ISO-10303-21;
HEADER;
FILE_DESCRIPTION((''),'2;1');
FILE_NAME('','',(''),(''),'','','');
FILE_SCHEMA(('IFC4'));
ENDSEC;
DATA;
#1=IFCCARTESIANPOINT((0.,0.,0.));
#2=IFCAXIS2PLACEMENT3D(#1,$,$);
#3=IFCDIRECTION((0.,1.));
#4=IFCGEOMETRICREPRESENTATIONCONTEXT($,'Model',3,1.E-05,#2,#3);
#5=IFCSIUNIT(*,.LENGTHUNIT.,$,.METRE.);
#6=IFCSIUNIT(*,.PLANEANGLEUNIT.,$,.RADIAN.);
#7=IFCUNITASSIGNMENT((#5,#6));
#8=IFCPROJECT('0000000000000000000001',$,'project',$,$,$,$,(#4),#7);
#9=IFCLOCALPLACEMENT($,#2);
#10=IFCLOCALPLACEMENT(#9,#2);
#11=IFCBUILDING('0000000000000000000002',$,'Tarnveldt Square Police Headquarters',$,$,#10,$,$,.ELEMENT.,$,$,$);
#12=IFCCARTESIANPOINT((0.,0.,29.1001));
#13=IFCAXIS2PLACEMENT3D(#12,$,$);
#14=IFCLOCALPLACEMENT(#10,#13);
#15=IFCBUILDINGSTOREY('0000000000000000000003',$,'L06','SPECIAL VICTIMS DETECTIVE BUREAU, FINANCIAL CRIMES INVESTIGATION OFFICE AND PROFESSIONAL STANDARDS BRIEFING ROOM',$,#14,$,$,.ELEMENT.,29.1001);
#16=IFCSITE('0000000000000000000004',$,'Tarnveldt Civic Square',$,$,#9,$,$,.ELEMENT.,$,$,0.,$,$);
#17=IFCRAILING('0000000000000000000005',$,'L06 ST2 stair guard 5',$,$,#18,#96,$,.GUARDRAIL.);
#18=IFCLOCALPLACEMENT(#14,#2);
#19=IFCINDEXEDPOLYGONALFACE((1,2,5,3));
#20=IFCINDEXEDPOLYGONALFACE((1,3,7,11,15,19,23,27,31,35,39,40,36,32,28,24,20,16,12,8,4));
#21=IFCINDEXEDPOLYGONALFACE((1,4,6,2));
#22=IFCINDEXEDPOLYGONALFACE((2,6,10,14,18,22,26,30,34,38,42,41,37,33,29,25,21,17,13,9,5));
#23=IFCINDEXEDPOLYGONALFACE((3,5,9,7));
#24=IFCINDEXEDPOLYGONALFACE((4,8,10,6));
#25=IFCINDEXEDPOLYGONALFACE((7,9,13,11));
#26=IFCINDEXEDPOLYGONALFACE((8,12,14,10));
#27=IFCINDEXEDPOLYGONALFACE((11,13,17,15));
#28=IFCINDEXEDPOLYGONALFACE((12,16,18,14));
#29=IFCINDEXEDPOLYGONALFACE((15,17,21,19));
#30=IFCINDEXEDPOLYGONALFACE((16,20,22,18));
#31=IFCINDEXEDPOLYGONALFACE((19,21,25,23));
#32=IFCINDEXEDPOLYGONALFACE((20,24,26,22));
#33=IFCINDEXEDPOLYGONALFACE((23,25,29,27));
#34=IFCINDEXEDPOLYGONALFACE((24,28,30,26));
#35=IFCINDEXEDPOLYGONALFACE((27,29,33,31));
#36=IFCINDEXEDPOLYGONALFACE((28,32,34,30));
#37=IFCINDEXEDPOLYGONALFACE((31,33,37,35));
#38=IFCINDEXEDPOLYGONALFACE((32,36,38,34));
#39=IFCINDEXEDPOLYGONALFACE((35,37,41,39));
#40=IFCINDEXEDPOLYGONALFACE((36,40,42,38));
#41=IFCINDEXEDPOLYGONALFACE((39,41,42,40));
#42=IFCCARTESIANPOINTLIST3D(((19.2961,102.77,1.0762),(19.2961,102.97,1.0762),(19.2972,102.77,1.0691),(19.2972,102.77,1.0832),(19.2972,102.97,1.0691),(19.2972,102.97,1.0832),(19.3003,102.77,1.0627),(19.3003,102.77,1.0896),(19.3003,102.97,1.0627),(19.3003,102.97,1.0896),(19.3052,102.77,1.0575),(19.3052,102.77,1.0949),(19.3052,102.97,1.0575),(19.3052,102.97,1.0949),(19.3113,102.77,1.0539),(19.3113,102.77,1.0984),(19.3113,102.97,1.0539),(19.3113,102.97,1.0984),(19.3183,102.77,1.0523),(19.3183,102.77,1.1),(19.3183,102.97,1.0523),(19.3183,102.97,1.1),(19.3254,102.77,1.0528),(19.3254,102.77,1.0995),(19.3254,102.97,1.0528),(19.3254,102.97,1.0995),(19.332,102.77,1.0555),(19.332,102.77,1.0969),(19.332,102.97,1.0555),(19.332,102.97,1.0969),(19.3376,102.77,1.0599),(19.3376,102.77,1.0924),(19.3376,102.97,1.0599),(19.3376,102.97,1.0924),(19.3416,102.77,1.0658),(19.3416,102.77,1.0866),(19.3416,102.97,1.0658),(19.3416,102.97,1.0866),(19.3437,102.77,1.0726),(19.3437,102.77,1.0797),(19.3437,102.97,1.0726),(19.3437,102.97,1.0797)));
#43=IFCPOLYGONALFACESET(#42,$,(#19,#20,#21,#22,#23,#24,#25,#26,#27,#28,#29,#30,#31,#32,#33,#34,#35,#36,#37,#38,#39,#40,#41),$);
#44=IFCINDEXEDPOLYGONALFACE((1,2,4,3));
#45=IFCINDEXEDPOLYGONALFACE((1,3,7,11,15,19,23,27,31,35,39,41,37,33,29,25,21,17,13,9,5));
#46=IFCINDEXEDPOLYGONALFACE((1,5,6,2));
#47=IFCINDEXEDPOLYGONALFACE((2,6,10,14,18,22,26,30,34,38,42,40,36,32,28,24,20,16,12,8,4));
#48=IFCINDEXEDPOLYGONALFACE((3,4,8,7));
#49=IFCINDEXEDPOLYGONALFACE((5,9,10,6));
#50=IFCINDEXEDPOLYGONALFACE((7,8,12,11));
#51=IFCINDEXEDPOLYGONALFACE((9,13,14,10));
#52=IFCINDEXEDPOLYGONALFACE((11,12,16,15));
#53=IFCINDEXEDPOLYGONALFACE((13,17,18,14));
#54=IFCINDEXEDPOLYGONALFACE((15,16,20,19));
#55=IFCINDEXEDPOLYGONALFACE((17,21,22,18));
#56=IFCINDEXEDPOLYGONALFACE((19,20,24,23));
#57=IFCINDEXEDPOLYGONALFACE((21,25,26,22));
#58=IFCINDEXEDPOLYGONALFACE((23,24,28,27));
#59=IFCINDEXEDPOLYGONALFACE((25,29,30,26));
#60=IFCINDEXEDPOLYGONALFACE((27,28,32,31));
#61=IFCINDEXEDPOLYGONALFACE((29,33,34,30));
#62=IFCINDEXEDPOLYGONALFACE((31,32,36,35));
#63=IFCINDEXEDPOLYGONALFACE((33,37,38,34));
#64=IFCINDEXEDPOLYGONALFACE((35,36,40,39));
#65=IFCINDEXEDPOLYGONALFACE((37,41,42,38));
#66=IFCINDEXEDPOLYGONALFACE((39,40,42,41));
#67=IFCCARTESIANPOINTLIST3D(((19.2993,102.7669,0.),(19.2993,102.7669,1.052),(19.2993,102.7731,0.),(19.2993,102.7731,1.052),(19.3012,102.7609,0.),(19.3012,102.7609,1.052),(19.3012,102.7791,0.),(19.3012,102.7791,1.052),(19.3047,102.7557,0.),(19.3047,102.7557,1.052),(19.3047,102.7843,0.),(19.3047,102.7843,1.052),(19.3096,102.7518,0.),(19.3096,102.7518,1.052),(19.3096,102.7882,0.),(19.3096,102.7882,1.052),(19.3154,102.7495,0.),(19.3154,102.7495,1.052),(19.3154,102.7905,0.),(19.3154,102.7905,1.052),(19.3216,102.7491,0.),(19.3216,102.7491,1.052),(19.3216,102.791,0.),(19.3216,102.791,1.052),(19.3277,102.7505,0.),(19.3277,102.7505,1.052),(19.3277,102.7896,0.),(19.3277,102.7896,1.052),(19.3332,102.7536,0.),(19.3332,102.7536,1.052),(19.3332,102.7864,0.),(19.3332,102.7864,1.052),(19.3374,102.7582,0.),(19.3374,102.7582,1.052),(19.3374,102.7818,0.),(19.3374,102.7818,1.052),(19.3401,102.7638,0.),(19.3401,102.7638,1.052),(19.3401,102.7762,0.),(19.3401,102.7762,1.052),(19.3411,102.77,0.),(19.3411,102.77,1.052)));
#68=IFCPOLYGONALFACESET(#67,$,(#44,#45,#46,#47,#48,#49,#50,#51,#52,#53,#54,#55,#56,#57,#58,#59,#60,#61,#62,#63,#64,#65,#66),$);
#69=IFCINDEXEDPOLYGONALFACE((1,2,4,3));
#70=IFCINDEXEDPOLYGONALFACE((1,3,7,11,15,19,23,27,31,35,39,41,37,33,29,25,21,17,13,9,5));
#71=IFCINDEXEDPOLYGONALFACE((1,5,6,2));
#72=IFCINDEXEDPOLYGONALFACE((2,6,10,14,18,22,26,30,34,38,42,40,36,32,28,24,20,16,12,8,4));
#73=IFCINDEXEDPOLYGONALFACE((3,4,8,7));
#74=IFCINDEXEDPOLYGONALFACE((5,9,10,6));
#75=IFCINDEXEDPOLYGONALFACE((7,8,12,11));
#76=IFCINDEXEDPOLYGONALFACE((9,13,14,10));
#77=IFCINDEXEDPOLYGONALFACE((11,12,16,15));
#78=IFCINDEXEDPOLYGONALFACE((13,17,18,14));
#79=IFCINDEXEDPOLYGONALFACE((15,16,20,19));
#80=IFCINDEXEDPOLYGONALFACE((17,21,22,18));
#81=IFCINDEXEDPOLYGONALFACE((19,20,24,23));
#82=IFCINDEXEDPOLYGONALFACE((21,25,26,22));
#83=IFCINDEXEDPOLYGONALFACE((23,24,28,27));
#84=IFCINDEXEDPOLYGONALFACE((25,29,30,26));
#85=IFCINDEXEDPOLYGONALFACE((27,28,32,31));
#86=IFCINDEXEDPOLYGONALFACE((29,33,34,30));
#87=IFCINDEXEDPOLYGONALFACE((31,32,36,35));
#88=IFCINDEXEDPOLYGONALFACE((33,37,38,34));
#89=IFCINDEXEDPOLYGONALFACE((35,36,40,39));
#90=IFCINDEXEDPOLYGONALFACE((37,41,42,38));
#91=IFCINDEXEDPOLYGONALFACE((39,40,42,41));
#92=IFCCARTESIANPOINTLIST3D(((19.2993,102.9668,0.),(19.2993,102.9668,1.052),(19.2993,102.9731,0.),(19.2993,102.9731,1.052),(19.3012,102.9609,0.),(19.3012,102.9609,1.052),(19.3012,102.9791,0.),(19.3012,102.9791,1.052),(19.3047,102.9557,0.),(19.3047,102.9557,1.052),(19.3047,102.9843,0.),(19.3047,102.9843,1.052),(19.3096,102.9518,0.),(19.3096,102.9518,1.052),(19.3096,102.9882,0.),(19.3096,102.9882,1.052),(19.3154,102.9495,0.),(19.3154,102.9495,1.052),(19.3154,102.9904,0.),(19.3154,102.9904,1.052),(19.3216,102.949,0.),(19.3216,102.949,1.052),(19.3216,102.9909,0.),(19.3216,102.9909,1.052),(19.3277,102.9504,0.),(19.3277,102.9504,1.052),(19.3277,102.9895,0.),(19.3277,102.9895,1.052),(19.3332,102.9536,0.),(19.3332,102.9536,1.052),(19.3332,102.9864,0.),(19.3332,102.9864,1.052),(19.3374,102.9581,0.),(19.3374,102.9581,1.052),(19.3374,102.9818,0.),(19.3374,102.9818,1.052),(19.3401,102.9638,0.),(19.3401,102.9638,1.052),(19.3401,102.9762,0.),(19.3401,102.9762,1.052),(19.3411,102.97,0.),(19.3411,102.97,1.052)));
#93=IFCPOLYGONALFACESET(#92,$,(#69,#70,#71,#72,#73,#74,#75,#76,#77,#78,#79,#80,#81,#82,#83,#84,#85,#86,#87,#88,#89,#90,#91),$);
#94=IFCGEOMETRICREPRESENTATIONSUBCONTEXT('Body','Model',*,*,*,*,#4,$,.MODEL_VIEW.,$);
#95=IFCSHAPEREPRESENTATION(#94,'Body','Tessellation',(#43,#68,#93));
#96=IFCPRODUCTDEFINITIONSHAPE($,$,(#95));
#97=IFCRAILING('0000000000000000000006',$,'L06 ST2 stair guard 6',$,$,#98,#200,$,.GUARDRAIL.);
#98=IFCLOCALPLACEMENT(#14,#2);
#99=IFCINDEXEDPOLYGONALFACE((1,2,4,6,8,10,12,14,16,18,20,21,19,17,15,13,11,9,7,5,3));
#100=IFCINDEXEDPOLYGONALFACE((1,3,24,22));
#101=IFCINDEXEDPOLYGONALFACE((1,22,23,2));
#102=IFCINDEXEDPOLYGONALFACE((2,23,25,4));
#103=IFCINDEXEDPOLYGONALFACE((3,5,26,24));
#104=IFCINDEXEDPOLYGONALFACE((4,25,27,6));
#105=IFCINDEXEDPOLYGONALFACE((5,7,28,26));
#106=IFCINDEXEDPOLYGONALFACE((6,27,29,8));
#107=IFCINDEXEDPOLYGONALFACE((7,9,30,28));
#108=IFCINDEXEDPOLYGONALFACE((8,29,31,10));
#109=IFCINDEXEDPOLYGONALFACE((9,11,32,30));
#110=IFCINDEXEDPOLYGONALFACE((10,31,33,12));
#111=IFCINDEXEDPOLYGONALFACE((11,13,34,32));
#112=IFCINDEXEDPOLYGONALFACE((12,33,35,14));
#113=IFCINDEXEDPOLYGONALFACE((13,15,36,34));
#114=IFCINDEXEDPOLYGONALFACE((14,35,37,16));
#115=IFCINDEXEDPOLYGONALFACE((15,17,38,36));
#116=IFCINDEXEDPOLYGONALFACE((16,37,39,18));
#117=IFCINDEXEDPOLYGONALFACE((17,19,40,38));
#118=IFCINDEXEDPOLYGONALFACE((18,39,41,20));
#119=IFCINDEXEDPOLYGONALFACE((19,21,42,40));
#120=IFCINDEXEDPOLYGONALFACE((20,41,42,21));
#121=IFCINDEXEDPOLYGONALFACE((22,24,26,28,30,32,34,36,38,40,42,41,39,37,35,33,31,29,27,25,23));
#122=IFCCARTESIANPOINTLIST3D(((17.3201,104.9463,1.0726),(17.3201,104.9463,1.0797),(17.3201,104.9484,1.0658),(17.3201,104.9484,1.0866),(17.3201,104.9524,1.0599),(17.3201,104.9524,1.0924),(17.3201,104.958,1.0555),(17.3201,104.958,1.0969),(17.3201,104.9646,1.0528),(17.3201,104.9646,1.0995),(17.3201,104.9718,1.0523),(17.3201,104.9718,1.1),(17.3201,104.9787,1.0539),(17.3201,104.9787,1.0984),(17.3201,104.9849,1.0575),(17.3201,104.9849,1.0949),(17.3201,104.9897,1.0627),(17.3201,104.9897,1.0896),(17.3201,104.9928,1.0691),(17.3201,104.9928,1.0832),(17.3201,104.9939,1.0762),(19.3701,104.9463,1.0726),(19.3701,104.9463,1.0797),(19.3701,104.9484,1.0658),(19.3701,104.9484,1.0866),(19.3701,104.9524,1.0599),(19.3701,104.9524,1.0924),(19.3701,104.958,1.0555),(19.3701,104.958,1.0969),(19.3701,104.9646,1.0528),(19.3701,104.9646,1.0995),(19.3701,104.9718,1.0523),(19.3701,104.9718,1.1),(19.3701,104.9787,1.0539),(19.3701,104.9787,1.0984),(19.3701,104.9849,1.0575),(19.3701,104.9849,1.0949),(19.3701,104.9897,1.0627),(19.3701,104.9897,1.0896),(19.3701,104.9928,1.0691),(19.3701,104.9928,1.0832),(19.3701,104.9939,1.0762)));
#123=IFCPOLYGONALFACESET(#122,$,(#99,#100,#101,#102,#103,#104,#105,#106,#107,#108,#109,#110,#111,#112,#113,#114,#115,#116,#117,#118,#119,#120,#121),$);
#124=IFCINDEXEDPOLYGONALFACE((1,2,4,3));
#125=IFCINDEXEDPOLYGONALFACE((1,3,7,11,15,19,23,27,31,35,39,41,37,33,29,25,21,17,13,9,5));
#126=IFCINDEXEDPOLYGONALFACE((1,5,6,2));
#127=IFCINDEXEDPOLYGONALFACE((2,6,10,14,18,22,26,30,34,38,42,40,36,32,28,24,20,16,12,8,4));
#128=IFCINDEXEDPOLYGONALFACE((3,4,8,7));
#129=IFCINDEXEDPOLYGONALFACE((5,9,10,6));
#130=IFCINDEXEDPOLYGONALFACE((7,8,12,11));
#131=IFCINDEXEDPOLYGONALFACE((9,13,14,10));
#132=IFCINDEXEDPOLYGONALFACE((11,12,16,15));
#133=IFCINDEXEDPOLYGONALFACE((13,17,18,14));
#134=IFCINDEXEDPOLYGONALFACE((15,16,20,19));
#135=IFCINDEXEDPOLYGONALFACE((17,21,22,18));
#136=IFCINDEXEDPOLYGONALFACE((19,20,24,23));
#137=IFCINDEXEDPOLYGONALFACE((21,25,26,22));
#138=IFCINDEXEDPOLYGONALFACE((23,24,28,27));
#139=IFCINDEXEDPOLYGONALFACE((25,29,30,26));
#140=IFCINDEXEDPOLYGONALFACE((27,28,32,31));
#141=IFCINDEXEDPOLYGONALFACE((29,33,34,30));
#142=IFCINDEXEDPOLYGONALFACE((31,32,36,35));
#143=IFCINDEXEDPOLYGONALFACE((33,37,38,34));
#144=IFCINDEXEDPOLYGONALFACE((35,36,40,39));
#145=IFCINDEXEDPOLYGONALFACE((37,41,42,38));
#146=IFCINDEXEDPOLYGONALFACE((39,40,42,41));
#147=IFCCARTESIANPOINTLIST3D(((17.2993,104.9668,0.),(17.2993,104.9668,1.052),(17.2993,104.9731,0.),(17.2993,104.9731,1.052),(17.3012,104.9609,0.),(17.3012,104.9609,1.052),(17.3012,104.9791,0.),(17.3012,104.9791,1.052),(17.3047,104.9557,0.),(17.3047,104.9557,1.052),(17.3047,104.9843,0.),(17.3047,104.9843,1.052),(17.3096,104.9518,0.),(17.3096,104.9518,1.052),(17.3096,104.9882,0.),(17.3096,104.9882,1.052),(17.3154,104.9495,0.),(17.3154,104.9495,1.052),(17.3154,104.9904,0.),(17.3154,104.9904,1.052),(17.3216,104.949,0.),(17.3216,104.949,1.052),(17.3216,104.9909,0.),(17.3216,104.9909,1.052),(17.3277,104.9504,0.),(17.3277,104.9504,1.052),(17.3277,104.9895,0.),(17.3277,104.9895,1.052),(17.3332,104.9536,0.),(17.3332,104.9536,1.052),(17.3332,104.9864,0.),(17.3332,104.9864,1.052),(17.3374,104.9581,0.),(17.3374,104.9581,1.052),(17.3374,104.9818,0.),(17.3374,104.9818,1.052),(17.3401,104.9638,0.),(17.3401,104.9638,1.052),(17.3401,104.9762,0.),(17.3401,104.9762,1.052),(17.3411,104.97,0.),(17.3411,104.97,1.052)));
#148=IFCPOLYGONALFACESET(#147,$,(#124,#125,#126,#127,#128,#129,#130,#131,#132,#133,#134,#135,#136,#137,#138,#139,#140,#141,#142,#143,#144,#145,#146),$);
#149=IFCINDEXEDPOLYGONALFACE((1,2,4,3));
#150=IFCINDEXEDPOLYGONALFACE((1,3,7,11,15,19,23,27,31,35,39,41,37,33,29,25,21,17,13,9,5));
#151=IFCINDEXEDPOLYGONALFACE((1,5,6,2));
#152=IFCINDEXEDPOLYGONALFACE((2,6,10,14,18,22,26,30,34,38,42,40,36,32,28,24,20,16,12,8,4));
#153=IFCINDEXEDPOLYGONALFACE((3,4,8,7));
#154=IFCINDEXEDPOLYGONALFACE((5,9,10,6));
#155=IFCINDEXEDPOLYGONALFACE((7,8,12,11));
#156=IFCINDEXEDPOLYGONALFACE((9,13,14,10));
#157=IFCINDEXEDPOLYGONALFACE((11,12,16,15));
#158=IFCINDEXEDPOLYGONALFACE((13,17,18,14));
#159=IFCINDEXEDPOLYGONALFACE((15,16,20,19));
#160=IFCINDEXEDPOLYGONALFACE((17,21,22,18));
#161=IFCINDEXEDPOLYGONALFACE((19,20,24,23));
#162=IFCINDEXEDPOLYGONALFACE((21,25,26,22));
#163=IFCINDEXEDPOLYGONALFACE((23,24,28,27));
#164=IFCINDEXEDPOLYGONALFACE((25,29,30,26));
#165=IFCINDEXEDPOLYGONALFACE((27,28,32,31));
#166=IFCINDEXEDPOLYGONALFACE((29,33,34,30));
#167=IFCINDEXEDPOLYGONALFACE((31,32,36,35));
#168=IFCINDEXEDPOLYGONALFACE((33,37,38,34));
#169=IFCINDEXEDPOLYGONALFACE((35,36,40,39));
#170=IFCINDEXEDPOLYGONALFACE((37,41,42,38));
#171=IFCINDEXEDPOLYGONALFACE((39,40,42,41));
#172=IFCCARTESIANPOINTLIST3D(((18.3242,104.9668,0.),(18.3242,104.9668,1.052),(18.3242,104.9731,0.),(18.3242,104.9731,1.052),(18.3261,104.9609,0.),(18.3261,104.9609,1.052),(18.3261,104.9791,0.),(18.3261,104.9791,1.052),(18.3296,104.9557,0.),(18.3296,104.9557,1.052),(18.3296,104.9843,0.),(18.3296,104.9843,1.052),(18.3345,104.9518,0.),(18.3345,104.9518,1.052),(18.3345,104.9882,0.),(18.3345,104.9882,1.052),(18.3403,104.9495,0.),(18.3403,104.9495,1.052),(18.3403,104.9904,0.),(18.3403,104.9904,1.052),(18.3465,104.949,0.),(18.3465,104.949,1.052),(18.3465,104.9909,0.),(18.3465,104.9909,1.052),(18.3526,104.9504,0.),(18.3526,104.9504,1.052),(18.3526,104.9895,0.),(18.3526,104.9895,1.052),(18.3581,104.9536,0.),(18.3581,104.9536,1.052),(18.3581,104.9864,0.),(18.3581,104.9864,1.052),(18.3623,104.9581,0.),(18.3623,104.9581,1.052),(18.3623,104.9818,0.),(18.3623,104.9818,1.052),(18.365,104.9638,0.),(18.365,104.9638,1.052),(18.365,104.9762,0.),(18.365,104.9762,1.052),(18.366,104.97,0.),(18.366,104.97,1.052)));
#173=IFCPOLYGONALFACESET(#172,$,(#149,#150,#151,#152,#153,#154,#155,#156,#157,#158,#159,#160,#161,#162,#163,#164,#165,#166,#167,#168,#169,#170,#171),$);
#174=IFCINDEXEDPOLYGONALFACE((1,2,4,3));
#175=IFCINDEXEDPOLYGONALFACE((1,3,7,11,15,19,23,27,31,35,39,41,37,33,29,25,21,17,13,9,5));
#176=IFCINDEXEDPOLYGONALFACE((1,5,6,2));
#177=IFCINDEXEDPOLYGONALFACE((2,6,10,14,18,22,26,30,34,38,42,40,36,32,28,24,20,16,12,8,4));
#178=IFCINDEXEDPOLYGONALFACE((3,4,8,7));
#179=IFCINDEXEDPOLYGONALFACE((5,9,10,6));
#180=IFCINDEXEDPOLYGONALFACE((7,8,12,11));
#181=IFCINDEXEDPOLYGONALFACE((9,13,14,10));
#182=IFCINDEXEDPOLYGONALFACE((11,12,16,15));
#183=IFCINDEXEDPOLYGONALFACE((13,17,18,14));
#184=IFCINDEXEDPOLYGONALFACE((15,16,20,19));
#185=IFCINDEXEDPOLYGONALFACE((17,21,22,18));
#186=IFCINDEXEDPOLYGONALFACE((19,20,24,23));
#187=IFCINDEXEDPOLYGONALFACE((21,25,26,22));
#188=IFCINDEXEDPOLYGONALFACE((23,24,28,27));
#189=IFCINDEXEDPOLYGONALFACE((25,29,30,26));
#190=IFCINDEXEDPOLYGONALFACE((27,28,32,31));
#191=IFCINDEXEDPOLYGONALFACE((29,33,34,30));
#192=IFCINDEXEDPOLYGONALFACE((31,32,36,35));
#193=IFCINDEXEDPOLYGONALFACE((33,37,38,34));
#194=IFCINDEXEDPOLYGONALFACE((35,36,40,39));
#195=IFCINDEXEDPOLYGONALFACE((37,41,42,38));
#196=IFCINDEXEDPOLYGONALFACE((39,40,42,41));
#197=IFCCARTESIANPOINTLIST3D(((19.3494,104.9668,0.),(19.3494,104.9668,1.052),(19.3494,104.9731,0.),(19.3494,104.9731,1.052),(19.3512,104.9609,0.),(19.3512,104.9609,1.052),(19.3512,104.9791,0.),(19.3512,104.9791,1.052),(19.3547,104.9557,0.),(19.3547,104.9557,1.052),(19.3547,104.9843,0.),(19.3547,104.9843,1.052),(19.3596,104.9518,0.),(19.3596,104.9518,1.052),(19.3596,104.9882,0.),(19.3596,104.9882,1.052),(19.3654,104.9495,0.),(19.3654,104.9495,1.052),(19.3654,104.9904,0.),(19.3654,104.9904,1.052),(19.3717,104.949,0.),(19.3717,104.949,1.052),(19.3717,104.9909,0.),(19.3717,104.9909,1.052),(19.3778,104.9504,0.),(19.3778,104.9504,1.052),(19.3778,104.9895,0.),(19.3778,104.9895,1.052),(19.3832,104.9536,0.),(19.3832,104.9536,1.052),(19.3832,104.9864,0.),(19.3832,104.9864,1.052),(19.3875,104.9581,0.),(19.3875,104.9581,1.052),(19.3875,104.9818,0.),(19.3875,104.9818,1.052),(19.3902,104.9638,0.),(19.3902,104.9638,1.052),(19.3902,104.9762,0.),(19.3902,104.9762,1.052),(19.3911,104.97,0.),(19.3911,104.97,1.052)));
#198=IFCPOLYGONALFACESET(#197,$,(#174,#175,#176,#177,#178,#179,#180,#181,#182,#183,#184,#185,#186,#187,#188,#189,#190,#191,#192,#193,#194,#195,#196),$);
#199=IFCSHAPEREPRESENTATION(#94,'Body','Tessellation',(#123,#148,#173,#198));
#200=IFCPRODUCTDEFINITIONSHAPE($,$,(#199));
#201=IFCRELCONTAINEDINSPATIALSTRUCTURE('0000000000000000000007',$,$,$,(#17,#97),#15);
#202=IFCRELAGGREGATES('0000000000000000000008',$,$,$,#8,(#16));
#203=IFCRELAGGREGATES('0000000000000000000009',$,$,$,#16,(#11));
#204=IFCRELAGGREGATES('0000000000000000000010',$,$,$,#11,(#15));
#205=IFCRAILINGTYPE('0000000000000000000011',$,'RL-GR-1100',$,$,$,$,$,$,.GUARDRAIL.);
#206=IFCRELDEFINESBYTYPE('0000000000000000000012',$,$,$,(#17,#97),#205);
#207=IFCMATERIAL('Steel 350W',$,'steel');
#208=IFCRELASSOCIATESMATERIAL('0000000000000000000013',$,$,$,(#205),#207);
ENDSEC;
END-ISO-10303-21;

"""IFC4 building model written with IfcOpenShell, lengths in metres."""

from ifc_helpers import new_model, si_unit, direction, frame, origin, origin_2d, place, context, subcontext, project, spatial, circle, extrude, material, type_object, element, save


model = new_model("IFC4")

# Units and contexts
model_context = context("Model", 3, precision=1e-05, world=origin(), true_north=direction((0.0, 1.0)))
body_context = subcontext(model_context, "Body", "Model", "MODEL_VIEW")
ifc_project = project(units=[si_unit("LENGTHUNIT", "METRE"), si_unit("PLANEANGLEUNIT", "RADIAN")], contexts=[model_context])

# Site, building, storey
site_placement = place(None, origin())
site = spatial("IfcSite", under=ifc_project, at=site_placement, Name="Tarnveldt Civic Square", CompositionType="ELEMENT", RefElevation=0.0)
building_placement = place(site_placement, origin())
building = spatial("IfcBuilding", under=site, at=building_placement, Name="Tarnveldt Square Police Headquarters", CompositionType="ELEMENT")
storey_placement = place(building_placement, frame((0.0, 0.0, 29.1001)))
storey = spatial("IfcBuildingStorey", under=building, at=storey_placement, Name="L06", Description="SPECIAL VICTIMS DETECTIVE BUREAU, FINANCIAL CRIMES INVESTIGATION OFFICE AND PROFESSIONAL STANDARDS BRIEFING ROOM", CompositionType="ELEMENT", Elevation=29.1001)

# Shared definitions
ifc_material_1 = material(Name="Steel 350W", Category="steel")

# Railings
railing_type_1 = type_object("IfcRailingType", Name="RL-GR-1100", PredefinedType="GUARDRAIL", material=ifc_material_1)
railing_1_placement = place(storey_placement, frame((19.3201, 102.77, 0.0)))
element("IfcRailing", 1, at=railing_1_placement, inside=storey, type_object=railing_type_1, Name="L06 ST2 stair guard 5", PredefinedType="GUARDRAIL", context=body_context, shape_type="SweptSolid", body=[
    extrude(circle(Radius=0.0239, at=origin_2d()), frame((0.0, 0.0, 1.0762), z_axis=(0.0, 1.0, 0.0), x_axis=(-1.0, 0.0, 0.0)), (0.0, 0.0, 1.0), 0.2),
    extrude(circle(Radius=0.021, at=origin_2d()), origin(), (0.0, 0.0, 1.0), 1.052),
    extrude(circle(Radius=0.021, at=origin_2d()), frame((0.0, 0.2, 0.0)), (0.0, 0.0, 1.0), 1.052),
])
railing_2_placement = place(storey_placement, frame((17.3201, 104.97, 0.0)))
element("IfcRailing", 2, at=railing_2_placement, inside=storey, type_object=railing_type_1, Name="L06 ST2 stair guard 6", PredefinedType="GUARDRAIL", context=body_context, shape_type="SweptSolid", body=[
    extrude(circle(Radius=0.0239, at=origin_2d()), frame((0.0, 0.0, 1.0762), z_axis=(1.0, 0.0, 0.0), x_axis=(0.0, 1.0, 0.0)), (0.0, 0.0, 1.0), 2.05),
    extrude(circle(Radius=0.021, at=origin_2d()), origin(), (0.0, 0.0, 1.0), 1.052),
    extrude(circle(Radius=0.021, at=origin_2d()), frame((1.0249, 0.0, 0.0)), (0.0, 0.0, 1.0), 1.052),
    extrude(circle(Radius=0.021, at=origin_2d()), frame((2.05, 0.0, 0.0)), (0.0, 0.0, 1.0), 1.052),
])

save(model, "model.ifc")
